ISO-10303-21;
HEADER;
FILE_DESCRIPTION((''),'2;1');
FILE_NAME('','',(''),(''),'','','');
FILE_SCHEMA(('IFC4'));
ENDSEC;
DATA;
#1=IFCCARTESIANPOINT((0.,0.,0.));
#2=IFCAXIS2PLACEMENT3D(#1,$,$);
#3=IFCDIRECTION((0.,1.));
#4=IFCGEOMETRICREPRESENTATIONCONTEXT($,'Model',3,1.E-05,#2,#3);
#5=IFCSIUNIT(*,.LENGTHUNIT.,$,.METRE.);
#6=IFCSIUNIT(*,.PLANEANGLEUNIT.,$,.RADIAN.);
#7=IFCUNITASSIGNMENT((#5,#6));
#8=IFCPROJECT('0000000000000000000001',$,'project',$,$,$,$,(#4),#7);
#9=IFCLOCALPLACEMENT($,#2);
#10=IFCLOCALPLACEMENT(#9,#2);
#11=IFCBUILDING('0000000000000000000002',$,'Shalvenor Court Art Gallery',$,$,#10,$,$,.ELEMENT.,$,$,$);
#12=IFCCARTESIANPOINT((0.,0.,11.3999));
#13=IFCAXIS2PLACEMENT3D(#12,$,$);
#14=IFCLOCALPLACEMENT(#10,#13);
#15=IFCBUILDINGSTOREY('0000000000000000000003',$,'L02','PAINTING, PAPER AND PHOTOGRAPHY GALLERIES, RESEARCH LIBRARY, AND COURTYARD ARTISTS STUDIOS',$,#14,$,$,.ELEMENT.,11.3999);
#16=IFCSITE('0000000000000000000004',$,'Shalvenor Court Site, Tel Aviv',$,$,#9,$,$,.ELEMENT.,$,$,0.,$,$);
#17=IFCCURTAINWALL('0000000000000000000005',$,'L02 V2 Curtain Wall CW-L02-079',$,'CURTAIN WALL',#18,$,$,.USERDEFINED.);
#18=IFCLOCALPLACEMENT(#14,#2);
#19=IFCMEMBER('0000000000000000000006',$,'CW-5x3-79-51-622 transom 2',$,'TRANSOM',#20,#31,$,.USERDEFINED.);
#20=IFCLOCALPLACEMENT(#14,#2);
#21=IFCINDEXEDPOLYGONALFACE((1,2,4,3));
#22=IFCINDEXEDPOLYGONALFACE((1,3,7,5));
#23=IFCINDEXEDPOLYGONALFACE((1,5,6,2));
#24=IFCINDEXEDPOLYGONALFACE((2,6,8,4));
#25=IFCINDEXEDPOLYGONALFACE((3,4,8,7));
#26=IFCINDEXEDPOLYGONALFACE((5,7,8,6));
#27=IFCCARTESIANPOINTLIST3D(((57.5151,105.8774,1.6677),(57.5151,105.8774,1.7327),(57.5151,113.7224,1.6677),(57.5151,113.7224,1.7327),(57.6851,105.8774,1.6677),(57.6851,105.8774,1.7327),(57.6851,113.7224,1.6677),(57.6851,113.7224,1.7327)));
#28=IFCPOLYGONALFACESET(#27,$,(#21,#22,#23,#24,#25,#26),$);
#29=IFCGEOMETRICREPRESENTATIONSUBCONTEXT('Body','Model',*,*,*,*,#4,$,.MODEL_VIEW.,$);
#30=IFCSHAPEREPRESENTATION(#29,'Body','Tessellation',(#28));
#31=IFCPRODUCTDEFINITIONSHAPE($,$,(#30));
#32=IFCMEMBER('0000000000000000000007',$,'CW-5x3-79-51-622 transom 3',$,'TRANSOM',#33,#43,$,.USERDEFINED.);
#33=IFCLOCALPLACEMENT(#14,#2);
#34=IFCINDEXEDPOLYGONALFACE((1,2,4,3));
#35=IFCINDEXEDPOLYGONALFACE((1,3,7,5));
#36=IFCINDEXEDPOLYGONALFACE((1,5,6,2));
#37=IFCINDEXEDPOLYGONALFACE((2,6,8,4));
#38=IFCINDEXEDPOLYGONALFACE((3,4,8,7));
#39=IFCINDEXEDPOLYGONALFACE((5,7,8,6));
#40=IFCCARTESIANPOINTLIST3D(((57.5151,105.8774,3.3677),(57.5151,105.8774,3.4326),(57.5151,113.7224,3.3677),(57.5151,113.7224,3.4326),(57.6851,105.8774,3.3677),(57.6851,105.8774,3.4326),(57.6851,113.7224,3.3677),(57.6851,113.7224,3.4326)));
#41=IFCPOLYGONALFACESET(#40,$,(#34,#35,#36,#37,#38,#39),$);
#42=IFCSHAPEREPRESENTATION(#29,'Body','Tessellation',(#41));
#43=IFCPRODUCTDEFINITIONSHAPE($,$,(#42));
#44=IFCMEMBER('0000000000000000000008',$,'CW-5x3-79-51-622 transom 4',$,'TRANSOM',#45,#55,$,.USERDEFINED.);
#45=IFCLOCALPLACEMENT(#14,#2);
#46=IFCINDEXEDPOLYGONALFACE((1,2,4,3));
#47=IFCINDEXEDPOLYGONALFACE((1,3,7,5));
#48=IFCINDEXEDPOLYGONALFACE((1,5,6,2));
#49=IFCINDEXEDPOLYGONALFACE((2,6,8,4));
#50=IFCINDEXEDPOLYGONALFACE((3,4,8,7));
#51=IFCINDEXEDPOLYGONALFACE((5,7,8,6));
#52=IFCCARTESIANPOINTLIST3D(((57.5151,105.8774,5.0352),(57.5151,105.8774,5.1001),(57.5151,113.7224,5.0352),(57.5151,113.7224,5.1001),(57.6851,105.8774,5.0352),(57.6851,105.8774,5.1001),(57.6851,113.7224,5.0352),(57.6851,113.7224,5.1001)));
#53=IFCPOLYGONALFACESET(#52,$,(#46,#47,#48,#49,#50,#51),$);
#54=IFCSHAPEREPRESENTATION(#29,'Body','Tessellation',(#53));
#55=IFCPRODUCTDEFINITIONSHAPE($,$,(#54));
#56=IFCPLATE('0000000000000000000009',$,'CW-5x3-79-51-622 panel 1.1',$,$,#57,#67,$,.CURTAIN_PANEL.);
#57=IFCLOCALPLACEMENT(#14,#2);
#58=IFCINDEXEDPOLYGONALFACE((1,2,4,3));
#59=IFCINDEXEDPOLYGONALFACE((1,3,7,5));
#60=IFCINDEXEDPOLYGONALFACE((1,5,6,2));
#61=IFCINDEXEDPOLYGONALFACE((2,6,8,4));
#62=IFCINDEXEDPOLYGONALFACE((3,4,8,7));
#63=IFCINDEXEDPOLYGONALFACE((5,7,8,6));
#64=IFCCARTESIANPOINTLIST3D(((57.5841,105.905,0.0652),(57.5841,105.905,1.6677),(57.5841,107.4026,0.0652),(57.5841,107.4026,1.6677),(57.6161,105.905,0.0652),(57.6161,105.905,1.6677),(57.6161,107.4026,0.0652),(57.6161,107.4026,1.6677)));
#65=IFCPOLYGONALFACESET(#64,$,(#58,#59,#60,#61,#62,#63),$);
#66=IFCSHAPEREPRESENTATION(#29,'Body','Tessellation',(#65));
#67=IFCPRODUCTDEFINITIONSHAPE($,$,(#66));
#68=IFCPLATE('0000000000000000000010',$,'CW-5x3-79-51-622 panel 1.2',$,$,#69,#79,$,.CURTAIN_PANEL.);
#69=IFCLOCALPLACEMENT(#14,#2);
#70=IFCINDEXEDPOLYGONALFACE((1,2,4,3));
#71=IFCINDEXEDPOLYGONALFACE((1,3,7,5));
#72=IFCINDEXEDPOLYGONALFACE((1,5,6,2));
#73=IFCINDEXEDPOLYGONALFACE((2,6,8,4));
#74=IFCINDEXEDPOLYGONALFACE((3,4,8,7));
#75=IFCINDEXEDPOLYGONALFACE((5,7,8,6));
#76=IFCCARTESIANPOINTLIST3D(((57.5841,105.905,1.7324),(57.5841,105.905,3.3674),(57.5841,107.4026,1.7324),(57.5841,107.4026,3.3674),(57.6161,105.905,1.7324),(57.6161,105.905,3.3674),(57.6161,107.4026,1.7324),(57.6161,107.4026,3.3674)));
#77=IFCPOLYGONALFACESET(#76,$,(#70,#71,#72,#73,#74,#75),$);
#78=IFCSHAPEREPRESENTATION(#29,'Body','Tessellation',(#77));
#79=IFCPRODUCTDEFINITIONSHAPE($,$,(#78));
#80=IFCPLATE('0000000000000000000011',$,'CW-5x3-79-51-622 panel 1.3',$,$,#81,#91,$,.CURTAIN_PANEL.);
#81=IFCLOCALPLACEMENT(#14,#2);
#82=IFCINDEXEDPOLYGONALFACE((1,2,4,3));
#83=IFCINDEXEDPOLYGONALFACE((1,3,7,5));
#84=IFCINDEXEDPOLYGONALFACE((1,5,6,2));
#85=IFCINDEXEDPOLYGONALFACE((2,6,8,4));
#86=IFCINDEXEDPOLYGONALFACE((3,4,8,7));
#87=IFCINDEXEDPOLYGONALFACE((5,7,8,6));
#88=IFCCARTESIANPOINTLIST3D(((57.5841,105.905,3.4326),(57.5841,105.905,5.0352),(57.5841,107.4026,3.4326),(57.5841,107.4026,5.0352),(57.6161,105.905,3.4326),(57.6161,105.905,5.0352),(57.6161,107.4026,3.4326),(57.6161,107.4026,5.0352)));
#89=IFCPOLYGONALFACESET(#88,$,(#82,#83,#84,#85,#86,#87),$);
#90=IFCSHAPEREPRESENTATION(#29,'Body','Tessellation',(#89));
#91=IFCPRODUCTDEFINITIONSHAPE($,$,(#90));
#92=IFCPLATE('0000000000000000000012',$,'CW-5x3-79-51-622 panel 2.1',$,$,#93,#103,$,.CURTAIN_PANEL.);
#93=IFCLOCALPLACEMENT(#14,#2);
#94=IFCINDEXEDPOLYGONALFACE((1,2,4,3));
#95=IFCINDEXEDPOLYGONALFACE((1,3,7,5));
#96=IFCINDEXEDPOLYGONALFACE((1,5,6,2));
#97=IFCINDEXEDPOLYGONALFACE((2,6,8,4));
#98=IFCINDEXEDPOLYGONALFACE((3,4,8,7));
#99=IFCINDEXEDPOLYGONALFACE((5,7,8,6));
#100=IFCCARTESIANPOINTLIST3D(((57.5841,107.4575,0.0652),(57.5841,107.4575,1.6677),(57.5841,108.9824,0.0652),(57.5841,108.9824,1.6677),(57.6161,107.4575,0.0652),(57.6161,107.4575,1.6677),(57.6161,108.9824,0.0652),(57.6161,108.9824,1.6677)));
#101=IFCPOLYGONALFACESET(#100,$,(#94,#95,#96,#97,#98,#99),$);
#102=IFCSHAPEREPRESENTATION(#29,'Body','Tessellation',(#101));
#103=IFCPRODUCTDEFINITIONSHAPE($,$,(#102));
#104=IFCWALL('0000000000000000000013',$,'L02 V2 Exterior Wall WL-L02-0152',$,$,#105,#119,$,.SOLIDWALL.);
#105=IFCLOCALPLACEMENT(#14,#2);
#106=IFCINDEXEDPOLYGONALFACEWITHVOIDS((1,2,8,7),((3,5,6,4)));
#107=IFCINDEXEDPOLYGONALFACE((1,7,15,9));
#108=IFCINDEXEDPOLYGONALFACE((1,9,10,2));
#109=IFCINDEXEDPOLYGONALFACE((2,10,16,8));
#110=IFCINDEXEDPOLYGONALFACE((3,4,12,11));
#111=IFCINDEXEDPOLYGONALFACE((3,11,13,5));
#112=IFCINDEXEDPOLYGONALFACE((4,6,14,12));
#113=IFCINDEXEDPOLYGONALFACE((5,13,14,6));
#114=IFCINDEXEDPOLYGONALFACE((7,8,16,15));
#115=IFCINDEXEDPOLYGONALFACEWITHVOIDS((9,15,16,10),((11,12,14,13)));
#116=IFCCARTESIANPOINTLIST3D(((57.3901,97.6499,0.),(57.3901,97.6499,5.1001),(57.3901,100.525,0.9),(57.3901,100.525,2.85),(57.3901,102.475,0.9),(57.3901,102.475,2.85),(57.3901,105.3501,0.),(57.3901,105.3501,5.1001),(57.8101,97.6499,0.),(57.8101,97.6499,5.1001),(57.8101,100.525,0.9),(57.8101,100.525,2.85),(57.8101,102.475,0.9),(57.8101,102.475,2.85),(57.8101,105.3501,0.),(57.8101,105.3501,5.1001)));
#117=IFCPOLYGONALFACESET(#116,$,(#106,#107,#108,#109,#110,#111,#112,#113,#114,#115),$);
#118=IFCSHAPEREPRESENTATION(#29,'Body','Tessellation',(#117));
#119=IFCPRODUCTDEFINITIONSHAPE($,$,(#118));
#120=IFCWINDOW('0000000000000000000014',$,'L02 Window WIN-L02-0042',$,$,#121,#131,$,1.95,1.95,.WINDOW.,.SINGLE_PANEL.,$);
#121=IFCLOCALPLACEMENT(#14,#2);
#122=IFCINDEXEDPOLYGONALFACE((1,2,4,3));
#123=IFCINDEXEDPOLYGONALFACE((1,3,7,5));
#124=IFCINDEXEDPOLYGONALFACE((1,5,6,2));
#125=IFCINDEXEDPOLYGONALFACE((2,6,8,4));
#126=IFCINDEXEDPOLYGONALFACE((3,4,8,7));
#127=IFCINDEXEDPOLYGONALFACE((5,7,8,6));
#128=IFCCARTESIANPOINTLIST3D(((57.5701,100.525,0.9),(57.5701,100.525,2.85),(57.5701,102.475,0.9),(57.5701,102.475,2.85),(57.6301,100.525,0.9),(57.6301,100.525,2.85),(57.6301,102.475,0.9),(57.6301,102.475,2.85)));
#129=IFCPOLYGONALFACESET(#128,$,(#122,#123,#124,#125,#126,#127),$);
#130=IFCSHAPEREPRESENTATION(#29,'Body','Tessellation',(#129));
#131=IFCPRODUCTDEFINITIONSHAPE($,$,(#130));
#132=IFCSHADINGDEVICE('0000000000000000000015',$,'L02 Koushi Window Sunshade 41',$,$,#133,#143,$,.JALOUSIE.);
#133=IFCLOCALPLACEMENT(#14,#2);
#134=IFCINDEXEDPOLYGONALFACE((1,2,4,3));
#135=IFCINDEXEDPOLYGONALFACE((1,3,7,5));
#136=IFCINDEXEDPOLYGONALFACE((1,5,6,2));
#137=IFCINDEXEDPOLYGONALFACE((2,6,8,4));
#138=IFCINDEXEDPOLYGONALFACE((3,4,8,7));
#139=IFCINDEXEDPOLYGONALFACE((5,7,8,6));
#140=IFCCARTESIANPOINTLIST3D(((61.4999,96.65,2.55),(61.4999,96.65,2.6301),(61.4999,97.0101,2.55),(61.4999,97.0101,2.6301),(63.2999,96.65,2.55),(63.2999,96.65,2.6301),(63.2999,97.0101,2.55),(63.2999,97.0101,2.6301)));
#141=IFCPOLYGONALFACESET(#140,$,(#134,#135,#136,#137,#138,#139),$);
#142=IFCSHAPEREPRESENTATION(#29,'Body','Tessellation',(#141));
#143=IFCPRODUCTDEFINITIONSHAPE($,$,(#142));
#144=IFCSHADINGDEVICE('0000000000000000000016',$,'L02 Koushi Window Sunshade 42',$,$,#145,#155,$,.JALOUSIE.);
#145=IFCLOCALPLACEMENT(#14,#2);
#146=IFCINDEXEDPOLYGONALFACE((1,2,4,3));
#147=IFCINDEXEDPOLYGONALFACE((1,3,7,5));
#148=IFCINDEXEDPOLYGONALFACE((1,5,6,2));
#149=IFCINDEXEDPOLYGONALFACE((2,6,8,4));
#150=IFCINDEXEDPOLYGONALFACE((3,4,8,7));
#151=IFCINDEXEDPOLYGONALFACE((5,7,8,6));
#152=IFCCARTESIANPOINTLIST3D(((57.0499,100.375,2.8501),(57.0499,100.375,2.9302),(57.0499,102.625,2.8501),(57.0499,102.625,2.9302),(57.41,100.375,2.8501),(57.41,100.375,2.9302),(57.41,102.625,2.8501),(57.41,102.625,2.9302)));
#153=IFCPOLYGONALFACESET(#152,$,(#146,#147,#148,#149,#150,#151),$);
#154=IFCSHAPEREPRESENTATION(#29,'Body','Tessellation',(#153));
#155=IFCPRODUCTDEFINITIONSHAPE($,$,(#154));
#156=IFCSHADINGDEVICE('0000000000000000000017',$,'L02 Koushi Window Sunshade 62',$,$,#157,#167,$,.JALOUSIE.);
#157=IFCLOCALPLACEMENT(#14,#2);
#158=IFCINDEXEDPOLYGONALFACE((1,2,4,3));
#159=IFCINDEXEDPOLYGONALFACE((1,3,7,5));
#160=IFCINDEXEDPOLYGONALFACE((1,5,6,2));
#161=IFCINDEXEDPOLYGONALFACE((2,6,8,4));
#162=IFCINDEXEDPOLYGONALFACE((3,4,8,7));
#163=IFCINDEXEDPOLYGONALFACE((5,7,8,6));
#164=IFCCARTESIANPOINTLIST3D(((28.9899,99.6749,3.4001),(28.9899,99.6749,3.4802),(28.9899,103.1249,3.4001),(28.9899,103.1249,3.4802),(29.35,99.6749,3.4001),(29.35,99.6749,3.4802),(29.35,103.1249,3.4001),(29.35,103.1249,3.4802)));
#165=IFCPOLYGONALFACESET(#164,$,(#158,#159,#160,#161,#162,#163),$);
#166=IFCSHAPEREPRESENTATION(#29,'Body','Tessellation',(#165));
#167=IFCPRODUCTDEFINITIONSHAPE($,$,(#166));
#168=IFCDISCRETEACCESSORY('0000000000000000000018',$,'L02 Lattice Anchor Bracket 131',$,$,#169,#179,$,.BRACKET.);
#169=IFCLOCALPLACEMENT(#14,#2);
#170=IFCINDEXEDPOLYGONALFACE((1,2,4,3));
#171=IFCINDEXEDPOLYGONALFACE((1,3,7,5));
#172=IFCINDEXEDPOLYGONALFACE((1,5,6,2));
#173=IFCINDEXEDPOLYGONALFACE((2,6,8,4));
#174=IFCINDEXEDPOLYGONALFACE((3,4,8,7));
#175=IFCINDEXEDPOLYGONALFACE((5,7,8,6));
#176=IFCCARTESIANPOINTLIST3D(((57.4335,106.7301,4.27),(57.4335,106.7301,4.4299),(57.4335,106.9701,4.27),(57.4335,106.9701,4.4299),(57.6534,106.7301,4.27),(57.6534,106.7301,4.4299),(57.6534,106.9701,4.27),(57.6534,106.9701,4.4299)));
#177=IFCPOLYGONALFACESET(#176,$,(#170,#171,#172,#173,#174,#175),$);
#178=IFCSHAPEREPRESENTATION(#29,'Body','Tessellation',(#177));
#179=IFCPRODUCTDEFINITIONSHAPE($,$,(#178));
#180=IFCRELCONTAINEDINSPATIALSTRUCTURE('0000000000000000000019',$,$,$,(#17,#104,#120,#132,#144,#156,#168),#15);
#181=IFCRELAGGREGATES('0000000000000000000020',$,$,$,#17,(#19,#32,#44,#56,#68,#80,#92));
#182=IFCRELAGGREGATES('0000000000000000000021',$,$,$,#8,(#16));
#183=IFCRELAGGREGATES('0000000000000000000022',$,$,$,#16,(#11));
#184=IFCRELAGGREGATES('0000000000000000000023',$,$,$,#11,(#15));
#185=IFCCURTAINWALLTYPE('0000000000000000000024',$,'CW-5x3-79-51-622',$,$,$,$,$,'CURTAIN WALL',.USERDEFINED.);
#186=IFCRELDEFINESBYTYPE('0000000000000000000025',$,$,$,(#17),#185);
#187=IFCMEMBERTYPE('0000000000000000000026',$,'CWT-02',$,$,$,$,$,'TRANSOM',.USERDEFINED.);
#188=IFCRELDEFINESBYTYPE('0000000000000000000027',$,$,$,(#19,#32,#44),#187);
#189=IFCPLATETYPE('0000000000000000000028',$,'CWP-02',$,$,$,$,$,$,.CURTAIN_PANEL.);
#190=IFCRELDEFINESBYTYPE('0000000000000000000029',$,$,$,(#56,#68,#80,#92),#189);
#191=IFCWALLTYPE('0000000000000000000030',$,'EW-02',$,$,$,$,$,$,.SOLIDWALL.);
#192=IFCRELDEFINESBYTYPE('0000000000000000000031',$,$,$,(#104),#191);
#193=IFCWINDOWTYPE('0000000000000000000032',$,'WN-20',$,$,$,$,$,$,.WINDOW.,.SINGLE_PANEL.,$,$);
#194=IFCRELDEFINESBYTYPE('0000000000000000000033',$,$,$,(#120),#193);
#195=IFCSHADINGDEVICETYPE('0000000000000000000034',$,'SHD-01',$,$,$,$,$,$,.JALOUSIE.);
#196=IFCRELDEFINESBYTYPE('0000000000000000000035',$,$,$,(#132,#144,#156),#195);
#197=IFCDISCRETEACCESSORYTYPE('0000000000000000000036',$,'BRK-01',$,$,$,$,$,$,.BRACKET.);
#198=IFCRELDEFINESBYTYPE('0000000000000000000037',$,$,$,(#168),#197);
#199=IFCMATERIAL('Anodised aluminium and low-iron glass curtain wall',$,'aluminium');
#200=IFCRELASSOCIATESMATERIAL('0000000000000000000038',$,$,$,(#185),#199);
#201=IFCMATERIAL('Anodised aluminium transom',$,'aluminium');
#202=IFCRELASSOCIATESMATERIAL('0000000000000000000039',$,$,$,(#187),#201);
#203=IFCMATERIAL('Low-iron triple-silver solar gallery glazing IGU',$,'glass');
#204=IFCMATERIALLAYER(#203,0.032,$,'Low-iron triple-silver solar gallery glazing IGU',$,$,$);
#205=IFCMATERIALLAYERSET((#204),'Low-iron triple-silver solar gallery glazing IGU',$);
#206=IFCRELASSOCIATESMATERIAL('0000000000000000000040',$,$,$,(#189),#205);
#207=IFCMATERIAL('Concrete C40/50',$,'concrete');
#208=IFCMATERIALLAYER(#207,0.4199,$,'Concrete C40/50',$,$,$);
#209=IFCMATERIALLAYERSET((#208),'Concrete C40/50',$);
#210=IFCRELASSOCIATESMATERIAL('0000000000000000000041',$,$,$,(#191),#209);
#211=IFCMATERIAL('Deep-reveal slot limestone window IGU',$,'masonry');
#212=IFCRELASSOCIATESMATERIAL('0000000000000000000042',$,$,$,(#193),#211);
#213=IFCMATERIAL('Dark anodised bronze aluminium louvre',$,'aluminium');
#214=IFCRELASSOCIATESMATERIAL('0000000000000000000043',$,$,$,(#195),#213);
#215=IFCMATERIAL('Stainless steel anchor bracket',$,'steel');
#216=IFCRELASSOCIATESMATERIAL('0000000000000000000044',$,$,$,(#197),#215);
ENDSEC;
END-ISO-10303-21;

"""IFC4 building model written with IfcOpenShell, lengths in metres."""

from ifc_helpers import new_model, si_unit, direction, frame, frame_2d, origin, origin_2d, place, context, subcontext, project, spatial, rectangle, extrude, material, layer, layer_set, material_profile, profile_set, type_object, element, fill, aggregate, save


model = new_model("IFC4")

# Units and contexts
model_context = context("Model", 3, precision=1e-05, world=origin(), true_north=direction((0.0, 1.0)))
body_context = subcontext(model_context, "Body", "Model", "MODEL_VIEW")
ifc_project = project(units=[si_unit("LENGTHUNIT", "METRE"), si_unit("PLANEANGLEUNIT", "RADIAN")], contexts=[model_context])

# Site, building, storey
site_placement = place(None, origin())
site = spatial("IfcSite", under=ifc_project, at=site_placement, Name="Shalvenor Court Site, Tel Aviv", CompositionType="ELEMENT", RefElevation=0.0)
building_placement = place(site_placement, origin())
building = spatial("IfcBuilding", under=site, at=building_placement, Name="Shalvenor Court Art Gallery", CompositionType="ELEMENT")
storey_placement = place(building_placement, frame((0.0, 0.0, 11.3999)))
storey = spatial("IfcBuildingStorey", under=building, at=storey_placement, Name="L02", Description="PAINTING, PAPER AND PHOTOGRAPHY GALLERIES, RESEARCH LIBRARY, AND COURTYARD ARTISTS STUDIOS", CompositionType="ELEMENT", Elevation=11.3999)

# Curtain wall, members, plates
ifc_material_1 = material(Name="Anodised aluminium and low-iron glass curtain wall", Category="aluminium")
curtain_wall_type = type_object("IfcCurtainWallType", Name="CW-5x3-79-51-622", ElementType="CURTAIN WALL", PredefinedType="USERDEFINED", material=ifc_material_1)
curtain_wall_placement = place(storey_placement, origin())
curtain_wall = element("IfcCurtainWall", 1, at=curtain_wall_placement, inside=storey, type_object=curtain_wall_type, Name="L02 V2 Curtain Wall CW-L02-079", ObjectType="CURTAIN WALL", PredefinedType="USERDEFINED")
ifc_material_2 = material(Name="Anodised aluminium transom", Category="aluminium")
ifc_material_profile_1 = material_profile(ifc_material_2, rectangle(XDim=0.1699, YDim=0.0649, at=origin_2d()), Name="CWT-02")
ifc_profile_set_1 = profile_set([ifc_material_profile_1], Name="Anodised aluminium transom")
member_type_1 = type_object("IfcMemberType", Name="CWT-02", ElementType="TRANSOM", PredefinedType="USERDEFINED", material=ifc_profile_set_1)
member_1_placement = place(storey_placement, frame((57.6001, 105.8774, 1.7002), z_axis=(0.0, 1.0, 0.0), x_axis=(-1.0, 0.0, 0.0)))
member_1 = element("IfcMember", 2, at=member_1_placement, type_object=member_type_1, Name="CW-5x3-79-51-622 transom 2", ObjectType="TRANSOM", PredefinedType="USERDEFINED", context=body_context, shape_type="SweptSolid", body=[
    extrude(rectangle(XDim=0.1699, YDim=0.0649, at=origin_2d()), origin(), (0.0, 0.0, 1.0), 7.845),
])
member_2_placement = place(storey_placement, frame((57.6001, 105.8774, 3.4001), z_axis=(0.0, 1.0, 0.0), x_axis=(-1.0, 0.0, 0.0)))
member_2 = element("IfcMember", 3, at=member_2_placement, type_object=member_type_1, Name="CW-5x3-79-51-622 transom 3", ObjectType="TRANSOM", PredefinedType="USERDEFINED", context=body_context, shape_type="SweptSolid", body=[
    extrude(rectangle(XDim=0.1699, YDim=0.0649, at=origin_2d()), origin(), (0.0, 0.0, 1.0), 7.845),
])
member_3_placement = place(storey_placement, frame((57.6001, 105.8774, 5.0676), z_axis=(0.0, 1.0, 0.0), x_axis=(-1.0, 0.0, 0.0)))
member_3 = element("IfcMember", 4, at=member_3_placement, type_object=member_type_1, Name="CW-5x3-79-51-622 transom 4", ObjectType="TRANSOM", PredefinedType="USERDEFINED", context=body_context, shape_type="SweptSolid", body=[
    extrude(rectangle(XDim=0.1699, YDim=0.0649, at=origin_2d()), origin(), (0.0, 0.0, 1.0), 7.845),
])
ifc_material_3 = material(Name="Low-iron triple-silver solar gallery glazing IGU", Category="glass")
ifc_layer_1 = layer(ifc_material_3, 0.032, Name="Low-iron triple-silver solar gallery glazing IGU")
ifc_layer_set_1 = layer_set([ifc_layer_1], Name="Low-iron triple-silver solar gallery glazing IGU")
plate_type = type_object("IfcPlateType", Name="CWP-02", PredefinedType="CURTAIN_PANEL", material=ifc_layer_set_1)
plate_1_placement = place(storey_placement, frame((57.6001, 106.6538, 0.0652), z_axis=(0.0, 0.0, 1.0), x_axis=(0.0, 1.0, 0.0)))
plate_1 = element("IfcPlate", 5, at=plate_1_placement, type_object=plate_type, Name="CW-5x3-79-51-622 panel 1.1", PredefinedType="CURTAIN_PANEL", context=body_context, shape_type="SweptSolid", body=[
    extrude(rectangle(XDim=1.4976, YDim=0.032, at=origin_2d()), origin(), (0.0, 0.0, 1.0), 1.6025),
])
plate_2_placement = place(storey_placement, frame((57.6001, 106.6538, 1.7324), z_axis=(0.0, 0.0, 1.0), x_axis=(0.0, 1.0, 0.0)))
plate_2 = element("IfcPlate", 6, at=plate_2_placement, type_object=plate_type, Name="CW-5x3-79-51-622 panel 1.2", PredefinedType="CURTAIN_PANEL", context=body_context, shape_type="SweptSolid", body=[
    extrude(rectangle(XDim=1.4976, YDim=0.032, at=origin_2d()), origin(), (0.0, 0.0, 1.0), 1.635),
])
plate_3_placement = place(storey_placement, frame((57.6001, 106.6538, 3.4326), z_axis=(0.0, 0.0, 1.0), x_axis=(0.0, 1.0, 0.0)))
plate_3 = element("IfcPlate", 7, at=plate_3_placement, type_object=plate_type, Name="CW-5x3-79-51-622 panel 1.3", PredefinedType="CURTAIN_PANEL", context=body_context, shape_type="SweptSolid", body=[
    extrude(rectangle(XDim=1.4976, YDim=0.032, at=origin_2d()), origin(), (0.0, 0.0, 1.0), 1.6025),
])
plate_4_placement = place(storey_placement, frame((57.6001, 108.22, 0.0652), z_axis=(0.0, 0.0, 1.0), x_axis=(0.0, 1.0, 0.0)))
plate_4 = element("IfcPlate", 8, at=plate_4_placement, type_object=plate_type, Name="CW-5x3-79-51-622 panel 2.1", PredefinedType="CURTAIN_PANEL", context=body_context, shape_type="SweptSolid", body=[
    extrude(rectangle(XDim=1.5249, YDim=0.032, at=origin_2d()), origin(), (0.0, 0.0, 1.0), 1.6025),
])
aggregate(curtain_wall, [member_1, member_2, member_3, plate_1, plate_2, plate_3, plate_4])

# Wall, opening, window
ifc_material_4 = material(Name="Concrete C40/50", Category="concrete")
ifc_layer_2 = layer(ifc_material_4, 0.4199, Name="Concrete C40/50")
ifc_layer_set_2 = layer_set([ifc_layer_2], Name="Concrete C40/50")
wall_type = type_object("IfcWallType", Name="EW-02", PredefinedType="SOLIDWALL", material=ifc_layer_set_2)
wall_placement = place(storey_placement, frame((57.6001, 97.6499, 0.0), z_axis=(0.0, 0.0, 1.0), x_axis=(0.0, 1.0, 0.0)))
wall = element("IfcWall", 9, at=wall_placement, inside=storey, type_object=wall_type, Name="L02 V2 Exterior Wall WL-L02-0152", PredefinedType="SOLIDWALL", context=body_context, shape_type="SweptSolid", body=[
    extrude(rectangle(XDim=7.7002, YDim=0.4199, at=frame_2d((3.8501, 0.0))), origin(), (0.0, 0.0, 1.0), 5.1001),
])
opening_placement = place(wall_placement, frame((2.875, 0.0, 0.8999)))
opening = element("IfcOpeningElement", 10, at=opening_placement, cuts=wall, PredefinedType="OPENING", context=body_context, shape_type="SweptSolid", body=[
    extrude(rectangle(XDim=1.95, YDim=1.95, at=frame_2d((0.9751, 0.9751))), frame((0.0, 0.22, 0.0), z_axis=(0.0, -1.0, 0.0), x_axis=(1.0, 0.0, 0.0)), (0.0, 0.0, 1.0), 0.4399),
])
ifc_material_5 = material(Name="Deep-reveal slot limestone window IGU", Category="masonry")
window_type = type_object("IfcWindowType", Name="WN-20", PartitioningType="SINGLE_PANEL", PredefinedType="WINDOW", material=ifc_material_5)
window_placement = place(opening_placement, origin())
window = element("IfcWindow", 11, at=window_placement, inside=storey, type_object=window_type, Name="L02 Window WIN-L02-0042", OverallHeight=1.95, OverallWidth=1.95, PartitioningType="SINGLE_PANEL", PredefinedType="WINDOW", context=body_context, shape_type="SweptSolid", body=[
    extrude(rectangle(XDim=1.95, YDim=1.95, at=frame_2d((0.9751, 0.9751))), frame((0.0, 0.03, 0.0), z_axis=(0.0, -1.0, 0.0), x_axis=(1.0, 0.0, 0.0)), (0.0, 0.0, 1.0), 0.0601),
])
fill(opening, window)

# Shading devices
ifc_material_6 = material(Name="Dark anodised bronze aluminium louvre", Category="aluminium")
shading_device_type = type_object("IfcShadingDeviceType", Name="SHD-01", PredefinedType="JALOUSIE", material=ifc_material_6)
shading_device_1_placement = place(storey_placement, frame((62.3999, 96.8301, 2.55), z_axis=(0.0, 0.0, 1.0), x_axis=(-1.0, 0.0, 0.0)))
element("IfcShadingDevice", 12, at=shading_device_1_placement, inside=storey, type_object=shading_device_type, Name="L02 Koushi Window Sunshade 41", PredefinedType="JALOUSIE", context=body_context, shape_type="SweptSolid", body=[
    extrude(rectangle(XDim=1.8, YDim=0.3601, at=origin_2d()), origin(), (0.0, 0.0, 1.0), 0.0801),
])
shading_device_2_placement = place(storey_placement, frame((57.23, 101.5, 2.8501), z_axis=(0.0, 0.0, 1.0), x_axis=(0.0, 1.0, 0.0)))
element("IfcShadingDevice", 13, at=shading_device_2_placement, inside=storey, type_object=shading_device_type, Name="L02 Koushi Window Sunshade 42", PredefinedType="JALOUSIE", context=body_context, shape_type="SweptSolid", body=[
    extrude(rectangle(XDim=2.25, YDim=0.3601, at=origin_2d()), origin(), (0.0, 0.0, 1.0), 0.0801),
])
shading_device_3_placement = place(storey_placement, frame((29.1699, 101.3999, 3.4001), z_axis=(0.0, 0.0, 1.0), x_axis=(0.0, -1.0, 0.0)))
element("IfcShadingDevice", 14, at=shading_device_3_placement, inside=storey, type_object=shading_device_type, Name="L02 Koushi Window Sunshade 62", PredefinedType="JALOUSIE", context=body_context, shape_type="SweptSolid", body=[
    extrude(rectangle(XDim=3.45, YDim=0.3601, at=origin_2d()), origin(), (0.0, 0.0, 1.0), 0.0801),
])

# Discrete accessory
ifc_material_7 = material(Name="Stainless steel anchor bracket", Category="steel")
discrete_accessory_type = type_object("IfcDiscreteAccessoryType", Name="BRK-01", PredefinedType="BRACKET", material=ifc_material_7)
discrete_accessory_placement = place(storey_placement, frame((57.5435, 106.8501, 4.27), z_axis=(0.0, 0.0, 1.0), x_axis=(0.0, 1.0, 0.0)))
element("IfcDiscreteAccessory", 15, at=discrete_accessory_placement, inside=storey, type_object=discrete_accessory_type, Name="L02 Lattice Anchor Bracket 131", PredefinedType="BRACKET", context=body_context, shape_type="SweptSolid", body=[
    extrude(rectangle(XDim=0.24, YDim=0.22, at=origin_2d()), origin(), (0.0, 0.0, 1.0), 0.1599),
])

save(model, "model.ifc")
